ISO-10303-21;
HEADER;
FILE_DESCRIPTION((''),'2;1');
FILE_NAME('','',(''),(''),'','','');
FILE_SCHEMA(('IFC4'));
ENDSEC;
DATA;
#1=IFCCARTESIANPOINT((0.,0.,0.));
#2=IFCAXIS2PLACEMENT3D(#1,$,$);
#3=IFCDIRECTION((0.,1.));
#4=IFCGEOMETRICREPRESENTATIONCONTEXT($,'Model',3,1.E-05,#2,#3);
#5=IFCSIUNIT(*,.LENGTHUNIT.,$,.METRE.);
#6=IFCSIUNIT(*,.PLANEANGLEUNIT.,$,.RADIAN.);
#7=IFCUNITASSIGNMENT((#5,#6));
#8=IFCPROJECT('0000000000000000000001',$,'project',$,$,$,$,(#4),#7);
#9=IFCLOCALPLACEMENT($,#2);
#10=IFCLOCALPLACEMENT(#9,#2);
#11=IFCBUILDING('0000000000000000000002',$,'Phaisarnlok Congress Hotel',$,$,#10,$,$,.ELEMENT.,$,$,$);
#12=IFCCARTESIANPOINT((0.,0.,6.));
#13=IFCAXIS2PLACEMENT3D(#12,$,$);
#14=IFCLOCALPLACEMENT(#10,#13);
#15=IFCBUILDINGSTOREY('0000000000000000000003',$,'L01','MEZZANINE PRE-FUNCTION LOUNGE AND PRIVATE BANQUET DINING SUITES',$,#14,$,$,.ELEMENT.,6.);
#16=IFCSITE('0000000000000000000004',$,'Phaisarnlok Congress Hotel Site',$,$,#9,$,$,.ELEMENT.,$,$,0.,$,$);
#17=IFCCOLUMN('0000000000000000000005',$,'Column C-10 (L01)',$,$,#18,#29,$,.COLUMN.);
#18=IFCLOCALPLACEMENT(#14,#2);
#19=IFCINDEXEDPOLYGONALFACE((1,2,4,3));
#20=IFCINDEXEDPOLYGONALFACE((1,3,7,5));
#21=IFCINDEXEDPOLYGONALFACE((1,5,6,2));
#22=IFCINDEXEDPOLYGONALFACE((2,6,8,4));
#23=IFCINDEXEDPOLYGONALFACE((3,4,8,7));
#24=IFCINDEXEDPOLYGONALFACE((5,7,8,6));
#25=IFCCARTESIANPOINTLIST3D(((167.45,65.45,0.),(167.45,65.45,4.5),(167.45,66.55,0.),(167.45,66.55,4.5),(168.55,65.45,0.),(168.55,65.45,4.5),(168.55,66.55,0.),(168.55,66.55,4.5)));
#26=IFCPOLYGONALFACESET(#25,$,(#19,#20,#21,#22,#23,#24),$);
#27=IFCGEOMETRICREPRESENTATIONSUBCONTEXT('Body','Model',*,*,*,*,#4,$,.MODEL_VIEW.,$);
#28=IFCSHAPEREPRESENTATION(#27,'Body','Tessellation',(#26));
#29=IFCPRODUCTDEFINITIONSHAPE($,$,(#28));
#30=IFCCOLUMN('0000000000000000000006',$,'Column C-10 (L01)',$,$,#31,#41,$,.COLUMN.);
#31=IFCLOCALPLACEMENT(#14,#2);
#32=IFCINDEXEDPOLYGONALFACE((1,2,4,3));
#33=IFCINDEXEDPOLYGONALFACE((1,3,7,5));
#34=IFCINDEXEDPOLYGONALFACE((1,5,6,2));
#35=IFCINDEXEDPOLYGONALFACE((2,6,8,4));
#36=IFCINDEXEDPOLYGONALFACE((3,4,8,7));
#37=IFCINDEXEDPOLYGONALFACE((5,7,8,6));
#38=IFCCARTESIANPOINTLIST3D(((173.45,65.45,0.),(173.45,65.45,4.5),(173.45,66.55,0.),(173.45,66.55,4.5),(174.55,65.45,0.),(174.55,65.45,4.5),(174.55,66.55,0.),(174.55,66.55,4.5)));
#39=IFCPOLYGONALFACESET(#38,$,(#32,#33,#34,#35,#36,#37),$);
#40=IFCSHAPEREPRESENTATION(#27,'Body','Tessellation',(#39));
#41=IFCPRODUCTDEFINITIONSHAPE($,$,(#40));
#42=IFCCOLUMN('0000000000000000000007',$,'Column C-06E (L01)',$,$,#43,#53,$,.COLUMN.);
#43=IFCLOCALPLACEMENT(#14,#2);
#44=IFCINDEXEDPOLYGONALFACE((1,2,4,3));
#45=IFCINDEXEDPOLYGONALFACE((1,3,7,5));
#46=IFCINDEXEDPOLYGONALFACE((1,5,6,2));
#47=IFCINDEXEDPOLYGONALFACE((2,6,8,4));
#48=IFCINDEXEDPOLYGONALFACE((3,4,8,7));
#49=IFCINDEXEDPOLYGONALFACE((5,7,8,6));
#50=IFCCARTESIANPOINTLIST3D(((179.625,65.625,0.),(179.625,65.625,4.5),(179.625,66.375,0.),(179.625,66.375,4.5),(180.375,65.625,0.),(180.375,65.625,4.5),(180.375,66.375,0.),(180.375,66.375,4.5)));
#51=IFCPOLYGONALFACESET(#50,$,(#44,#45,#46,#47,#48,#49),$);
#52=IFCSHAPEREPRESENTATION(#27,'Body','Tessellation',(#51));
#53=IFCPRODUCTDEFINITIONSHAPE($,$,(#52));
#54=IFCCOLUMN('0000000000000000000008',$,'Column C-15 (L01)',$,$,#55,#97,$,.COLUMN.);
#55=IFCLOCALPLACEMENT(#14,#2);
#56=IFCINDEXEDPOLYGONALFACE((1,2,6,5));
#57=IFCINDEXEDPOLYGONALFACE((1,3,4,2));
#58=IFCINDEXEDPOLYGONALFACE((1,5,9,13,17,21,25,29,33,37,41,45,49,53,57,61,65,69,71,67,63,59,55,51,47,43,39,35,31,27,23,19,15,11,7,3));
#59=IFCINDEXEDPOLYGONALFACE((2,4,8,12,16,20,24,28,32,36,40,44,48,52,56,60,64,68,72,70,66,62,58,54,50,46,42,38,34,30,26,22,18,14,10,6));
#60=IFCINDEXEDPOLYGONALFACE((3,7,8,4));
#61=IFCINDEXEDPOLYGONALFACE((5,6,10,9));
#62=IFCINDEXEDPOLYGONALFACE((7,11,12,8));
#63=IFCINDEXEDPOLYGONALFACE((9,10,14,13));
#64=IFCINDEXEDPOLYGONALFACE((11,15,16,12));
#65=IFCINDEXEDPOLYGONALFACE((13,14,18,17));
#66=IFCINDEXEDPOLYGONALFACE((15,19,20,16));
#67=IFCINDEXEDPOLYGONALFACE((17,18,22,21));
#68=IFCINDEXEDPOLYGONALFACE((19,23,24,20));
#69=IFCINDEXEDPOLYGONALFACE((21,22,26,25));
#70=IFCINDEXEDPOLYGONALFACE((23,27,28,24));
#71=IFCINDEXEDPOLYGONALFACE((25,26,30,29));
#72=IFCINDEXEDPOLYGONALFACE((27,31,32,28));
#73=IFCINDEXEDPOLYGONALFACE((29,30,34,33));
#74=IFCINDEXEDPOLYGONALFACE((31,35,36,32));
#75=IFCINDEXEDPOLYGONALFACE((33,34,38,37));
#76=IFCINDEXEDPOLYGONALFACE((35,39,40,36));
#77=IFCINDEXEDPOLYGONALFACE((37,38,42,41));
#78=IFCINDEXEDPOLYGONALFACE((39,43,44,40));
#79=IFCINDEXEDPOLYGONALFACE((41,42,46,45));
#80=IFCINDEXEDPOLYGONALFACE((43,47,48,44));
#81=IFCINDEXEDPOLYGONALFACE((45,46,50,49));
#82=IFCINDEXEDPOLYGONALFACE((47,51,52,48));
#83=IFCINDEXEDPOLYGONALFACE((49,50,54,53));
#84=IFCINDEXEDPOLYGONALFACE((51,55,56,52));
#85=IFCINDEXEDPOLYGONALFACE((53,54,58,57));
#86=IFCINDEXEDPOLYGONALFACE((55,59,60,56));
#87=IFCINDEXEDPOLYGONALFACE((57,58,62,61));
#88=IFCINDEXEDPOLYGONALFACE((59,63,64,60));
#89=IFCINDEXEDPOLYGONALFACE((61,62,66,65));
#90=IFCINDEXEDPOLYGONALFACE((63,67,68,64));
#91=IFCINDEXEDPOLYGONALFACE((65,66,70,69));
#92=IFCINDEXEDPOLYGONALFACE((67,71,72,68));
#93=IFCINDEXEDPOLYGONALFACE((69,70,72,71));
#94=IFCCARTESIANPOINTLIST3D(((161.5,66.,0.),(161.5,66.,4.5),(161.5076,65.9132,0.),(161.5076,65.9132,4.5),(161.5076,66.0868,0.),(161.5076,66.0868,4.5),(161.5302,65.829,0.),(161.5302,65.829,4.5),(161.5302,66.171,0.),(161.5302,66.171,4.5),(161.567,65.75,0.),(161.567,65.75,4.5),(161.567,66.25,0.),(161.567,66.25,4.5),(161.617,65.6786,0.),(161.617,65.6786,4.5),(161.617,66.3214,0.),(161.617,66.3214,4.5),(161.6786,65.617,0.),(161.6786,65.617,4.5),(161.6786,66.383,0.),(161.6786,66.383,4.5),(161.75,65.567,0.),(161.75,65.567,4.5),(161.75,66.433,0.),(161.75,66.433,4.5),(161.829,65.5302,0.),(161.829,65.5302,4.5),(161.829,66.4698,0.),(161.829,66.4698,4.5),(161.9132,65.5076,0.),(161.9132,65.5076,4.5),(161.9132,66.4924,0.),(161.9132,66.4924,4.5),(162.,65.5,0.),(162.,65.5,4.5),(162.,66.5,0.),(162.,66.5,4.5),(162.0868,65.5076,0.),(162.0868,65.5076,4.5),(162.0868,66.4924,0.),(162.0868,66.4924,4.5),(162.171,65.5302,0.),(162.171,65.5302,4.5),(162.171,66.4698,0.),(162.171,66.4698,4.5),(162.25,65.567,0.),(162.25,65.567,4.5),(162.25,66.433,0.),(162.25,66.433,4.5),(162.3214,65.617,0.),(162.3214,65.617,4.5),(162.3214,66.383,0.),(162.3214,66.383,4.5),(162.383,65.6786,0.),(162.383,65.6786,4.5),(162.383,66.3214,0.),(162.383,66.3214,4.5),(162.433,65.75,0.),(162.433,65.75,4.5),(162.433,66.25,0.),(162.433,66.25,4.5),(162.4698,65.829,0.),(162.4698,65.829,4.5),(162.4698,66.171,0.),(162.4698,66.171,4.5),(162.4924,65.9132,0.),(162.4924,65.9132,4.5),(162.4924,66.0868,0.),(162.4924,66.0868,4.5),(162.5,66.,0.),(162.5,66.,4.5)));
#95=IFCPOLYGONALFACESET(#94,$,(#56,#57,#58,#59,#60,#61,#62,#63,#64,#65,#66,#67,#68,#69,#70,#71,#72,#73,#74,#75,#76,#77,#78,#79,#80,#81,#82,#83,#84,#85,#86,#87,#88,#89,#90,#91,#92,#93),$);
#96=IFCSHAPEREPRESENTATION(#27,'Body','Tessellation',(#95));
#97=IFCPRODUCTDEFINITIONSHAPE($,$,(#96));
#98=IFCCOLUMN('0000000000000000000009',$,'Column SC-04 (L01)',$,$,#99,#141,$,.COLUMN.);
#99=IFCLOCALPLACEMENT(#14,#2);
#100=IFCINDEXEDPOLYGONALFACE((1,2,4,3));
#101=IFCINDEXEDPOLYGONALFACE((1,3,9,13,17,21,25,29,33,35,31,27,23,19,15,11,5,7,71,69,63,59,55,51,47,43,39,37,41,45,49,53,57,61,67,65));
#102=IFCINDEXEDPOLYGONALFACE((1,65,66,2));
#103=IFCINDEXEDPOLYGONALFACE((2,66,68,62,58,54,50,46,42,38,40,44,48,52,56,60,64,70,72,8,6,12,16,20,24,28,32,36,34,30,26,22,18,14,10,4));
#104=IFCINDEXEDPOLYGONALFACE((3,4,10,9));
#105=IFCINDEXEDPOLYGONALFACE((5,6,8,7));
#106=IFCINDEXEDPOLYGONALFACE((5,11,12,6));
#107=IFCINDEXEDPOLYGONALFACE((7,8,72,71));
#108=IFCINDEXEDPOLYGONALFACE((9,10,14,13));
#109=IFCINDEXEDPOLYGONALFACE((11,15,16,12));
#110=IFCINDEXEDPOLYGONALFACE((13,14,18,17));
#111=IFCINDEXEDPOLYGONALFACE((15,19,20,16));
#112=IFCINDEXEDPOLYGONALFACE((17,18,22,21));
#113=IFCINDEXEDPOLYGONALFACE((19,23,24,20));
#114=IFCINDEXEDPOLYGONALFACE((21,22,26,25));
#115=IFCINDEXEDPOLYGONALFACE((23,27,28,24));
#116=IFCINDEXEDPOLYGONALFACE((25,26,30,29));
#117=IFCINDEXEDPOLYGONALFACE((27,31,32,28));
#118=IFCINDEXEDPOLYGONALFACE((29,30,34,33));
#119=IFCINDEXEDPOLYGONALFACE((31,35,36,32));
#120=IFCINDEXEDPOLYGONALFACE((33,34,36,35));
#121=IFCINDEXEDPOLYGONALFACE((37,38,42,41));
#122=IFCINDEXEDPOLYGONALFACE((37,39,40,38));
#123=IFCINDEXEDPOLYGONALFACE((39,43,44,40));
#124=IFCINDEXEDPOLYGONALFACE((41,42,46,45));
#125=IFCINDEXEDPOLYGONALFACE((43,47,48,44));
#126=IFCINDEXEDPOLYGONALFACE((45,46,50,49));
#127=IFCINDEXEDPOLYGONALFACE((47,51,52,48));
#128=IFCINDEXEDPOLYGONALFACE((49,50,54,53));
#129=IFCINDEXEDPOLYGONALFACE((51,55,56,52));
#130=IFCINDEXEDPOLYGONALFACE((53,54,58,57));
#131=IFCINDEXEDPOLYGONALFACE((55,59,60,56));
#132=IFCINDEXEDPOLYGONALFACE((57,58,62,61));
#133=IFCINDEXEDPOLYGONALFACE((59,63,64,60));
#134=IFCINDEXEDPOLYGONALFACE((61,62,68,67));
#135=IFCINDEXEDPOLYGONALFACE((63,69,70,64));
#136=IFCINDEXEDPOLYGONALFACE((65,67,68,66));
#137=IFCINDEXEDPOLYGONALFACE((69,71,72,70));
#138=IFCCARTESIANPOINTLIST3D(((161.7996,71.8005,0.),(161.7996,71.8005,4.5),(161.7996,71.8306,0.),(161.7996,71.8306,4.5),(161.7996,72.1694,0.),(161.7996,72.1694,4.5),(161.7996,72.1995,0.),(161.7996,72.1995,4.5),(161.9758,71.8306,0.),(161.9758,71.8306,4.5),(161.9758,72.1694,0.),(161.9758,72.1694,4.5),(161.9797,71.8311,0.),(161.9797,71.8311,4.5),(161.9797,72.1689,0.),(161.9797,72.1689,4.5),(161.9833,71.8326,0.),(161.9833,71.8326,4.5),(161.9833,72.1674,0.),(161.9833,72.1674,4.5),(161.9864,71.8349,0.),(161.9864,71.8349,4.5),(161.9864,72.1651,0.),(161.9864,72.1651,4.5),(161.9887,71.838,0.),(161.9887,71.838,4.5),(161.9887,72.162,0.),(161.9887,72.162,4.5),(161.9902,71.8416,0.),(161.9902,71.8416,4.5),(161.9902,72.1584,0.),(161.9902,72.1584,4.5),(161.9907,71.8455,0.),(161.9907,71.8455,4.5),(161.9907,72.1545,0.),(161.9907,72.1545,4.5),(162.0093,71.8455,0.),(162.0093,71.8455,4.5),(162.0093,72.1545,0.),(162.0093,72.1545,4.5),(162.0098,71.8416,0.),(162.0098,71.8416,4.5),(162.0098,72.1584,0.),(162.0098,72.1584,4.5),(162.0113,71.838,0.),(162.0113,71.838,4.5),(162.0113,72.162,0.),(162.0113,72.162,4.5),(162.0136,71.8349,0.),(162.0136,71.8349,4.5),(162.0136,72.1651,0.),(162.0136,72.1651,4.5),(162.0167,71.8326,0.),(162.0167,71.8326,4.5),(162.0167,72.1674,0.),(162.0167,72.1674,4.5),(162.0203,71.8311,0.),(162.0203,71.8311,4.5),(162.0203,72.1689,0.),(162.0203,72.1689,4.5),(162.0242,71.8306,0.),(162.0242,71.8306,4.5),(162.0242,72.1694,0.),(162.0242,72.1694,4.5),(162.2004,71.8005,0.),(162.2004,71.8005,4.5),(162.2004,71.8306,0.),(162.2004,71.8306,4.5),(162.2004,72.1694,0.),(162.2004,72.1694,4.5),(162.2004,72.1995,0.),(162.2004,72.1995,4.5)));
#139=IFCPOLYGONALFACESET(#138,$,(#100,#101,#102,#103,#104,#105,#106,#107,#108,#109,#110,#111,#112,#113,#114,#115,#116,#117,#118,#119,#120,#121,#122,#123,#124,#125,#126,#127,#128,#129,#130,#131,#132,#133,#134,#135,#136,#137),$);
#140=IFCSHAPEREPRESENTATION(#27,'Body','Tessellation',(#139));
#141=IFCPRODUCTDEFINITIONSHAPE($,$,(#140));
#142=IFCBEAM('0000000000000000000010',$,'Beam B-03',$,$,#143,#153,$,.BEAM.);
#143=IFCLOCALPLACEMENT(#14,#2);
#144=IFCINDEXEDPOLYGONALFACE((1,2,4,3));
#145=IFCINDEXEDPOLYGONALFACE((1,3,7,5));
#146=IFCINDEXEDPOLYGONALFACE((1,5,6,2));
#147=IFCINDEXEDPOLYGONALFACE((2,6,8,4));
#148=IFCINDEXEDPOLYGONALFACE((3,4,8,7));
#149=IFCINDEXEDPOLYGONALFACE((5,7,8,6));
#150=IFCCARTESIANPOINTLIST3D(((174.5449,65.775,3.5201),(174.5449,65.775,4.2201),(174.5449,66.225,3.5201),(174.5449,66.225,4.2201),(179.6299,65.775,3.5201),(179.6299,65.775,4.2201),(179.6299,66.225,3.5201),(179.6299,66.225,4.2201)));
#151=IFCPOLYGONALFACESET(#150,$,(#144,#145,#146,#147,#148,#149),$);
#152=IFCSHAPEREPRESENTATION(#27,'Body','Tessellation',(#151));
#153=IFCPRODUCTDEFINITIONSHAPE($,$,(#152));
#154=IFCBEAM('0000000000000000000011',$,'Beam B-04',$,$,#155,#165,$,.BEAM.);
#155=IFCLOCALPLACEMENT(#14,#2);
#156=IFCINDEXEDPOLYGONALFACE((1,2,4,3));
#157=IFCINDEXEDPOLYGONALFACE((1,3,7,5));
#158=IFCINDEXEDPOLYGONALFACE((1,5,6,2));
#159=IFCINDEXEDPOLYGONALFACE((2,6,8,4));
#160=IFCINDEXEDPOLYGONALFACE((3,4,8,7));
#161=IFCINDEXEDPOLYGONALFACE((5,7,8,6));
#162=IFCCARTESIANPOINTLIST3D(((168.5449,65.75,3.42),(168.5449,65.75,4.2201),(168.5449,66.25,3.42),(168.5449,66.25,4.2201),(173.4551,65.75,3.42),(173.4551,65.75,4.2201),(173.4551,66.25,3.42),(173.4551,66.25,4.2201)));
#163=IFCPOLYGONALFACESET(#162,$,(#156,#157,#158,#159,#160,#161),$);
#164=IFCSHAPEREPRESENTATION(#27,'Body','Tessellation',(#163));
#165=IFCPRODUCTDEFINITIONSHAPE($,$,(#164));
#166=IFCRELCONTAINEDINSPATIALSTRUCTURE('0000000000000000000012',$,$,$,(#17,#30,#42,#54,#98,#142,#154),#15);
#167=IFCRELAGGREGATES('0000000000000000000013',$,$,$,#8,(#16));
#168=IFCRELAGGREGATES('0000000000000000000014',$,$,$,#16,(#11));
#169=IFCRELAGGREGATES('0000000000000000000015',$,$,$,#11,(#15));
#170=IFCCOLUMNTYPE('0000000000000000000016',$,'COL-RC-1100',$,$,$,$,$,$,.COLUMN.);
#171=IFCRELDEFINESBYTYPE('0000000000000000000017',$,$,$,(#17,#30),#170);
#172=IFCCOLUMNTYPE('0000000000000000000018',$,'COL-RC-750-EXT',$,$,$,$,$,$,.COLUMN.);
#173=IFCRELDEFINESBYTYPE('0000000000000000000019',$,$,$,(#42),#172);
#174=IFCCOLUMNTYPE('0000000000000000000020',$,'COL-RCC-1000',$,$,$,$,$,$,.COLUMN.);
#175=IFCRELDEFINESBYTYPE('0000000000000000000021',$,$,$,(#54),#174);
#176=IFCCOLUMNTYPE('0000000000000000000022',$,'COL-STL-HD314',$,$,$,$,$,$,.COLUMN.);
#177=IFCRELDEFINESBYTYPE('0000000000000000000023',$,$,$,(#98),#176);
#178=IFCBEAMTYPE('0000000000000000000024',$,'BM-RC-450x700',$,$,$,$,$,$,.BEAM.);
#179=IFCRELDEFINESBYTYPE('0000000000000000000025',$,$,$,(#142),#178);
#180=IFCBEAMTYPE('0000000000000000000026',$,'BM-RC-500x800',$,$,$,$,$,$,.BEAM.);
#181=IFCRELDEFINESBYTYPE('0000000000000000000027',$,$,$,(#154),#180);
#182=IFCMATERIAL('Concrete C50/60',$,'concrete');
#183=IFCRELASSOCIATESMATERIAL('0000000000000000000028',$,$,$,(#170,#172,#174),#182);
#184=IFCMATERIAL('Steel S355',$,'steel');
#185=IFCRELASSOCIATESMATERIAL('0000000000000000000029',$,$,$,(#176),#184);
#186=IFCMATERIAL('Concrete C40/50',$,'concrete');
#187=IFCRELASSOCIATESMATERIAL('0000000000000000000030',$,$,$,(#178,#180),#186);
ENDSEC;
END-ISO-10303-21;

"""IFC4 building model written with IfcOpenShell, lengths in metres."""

from ifc_helpers import new_model, si_unit, direction, frame, origin, origin_2d, place, context, subcontext, project, spatial, rectangle, circle, i_section, extrude, material, material_profile, profile_set, type_object, element, save


model = new_model("IFC4")

# Units and contexts
model_context = context("Model", 3, precision=1e-05, world=origin(), true_north=direction((0.0, 1.0)))
body_context = subcontext(model_context, "Body", "Model", "MODEL_VIEW")
ifc_project = project(units=[si_unit("LENGTHUNIT", "METRE"), si_unit("PLANEANGLEUNIT", "RADIAN")], contexts=[model_context])

# Site, building, storey
site_placement = place(None, origin())
site = spatial("IfcSite", under=ifc_project, at=site_placement, Name="Phaisarnlok Congress Hotel Site", CompositionType="ELEMENT", RefElevation=0.0)
building_placement = place(site_placement, origin())
building = spatial("IfcBuilding", under=site, at=building_placement, Name="Phaisarnlok Congress Hotel", CompositionType="ELEMENT")
storey_placement = place(building_placement, frame((0.0, 0.0, 6.0)))
storey = spatial("IfcBuildingStorey", under=building, at=storey_placement, Name="L01", Description="MEZZANINE PRE-FUNCTION LOUNGE AND PRIVATE BANQUET DINING SUITES", CompositionType="ELEMENT", Elevation=6.0)

# Columns
ifc_material_1 = material(Name="Concrete C50/60", Category="concrete")
ifc_material_profile_1 = material_profile(ifc_material_1, rectangle(XDim=1.1001, YDim=1.1001, at=origin_2d()), Name="RC 1100x1100")
ifc_profile_set_1 = profile_set([ifc_material_profile_1], Name="Concrete C50/60")
column_type_1 = type_object("IfcColumnType", Name="COL-RC-1100", PredefinedType="COLUMN", material=ifc_profile_set_1)
for number, where, z_axis, x_axis, name in (
    (1, (168.0, 66.0, 0.0), (0.0, 0.0, 1.0), (1.0, 0.0, 0.0), "Column C-10 (L01)"),
    (2, (174.0, 66.0, 0.0), (0.0, 0.0, 1.0), (1.0, 0.0, 0.0), "Column C-10 (L01)"),
):
    element("IfcColumn", number, at=place(storey_placement, frame(where, z_axis=z_axis, x_axis=x_axis)), inside=storey, type_object=column_type_1, Name=name, PredefinedType="COLUMN", context=body_context, shape_type="SweptSolid", body=[
        extrude(rectangle(XDim=1.1001, YDim=1.1001, at=origin_2d()), origin(), (0.0, 0.0, 1.0), 4.5),
    ])
ifc_material_profile_2 = material_profile(ifc_material_1, rectangle(XDim=0.75, YDim=0.75, at=origin_2d()), Name="RC 750x750")
ifc_profile_set_2 = profile_set([ifc_material_profile_2], Name="Concrete C50/60")
column_type_2 = type_object("IfcColumnType", Name="COL-RC-750-EXT", PredefinedType="COLUMN", material=ifc_profile_set_2)
column_1_placement = place(storey_placement, frame((180.0, 66.0, 0.0), z_axis=(0.0, 0.0, 1.0), x_axis=(1.0, 0.0, 0.0)))
element("IfcColumn", 3, at=column_1_placement, inside=storey, type_object=column_type_2, Name="Column C-06E (L01)", PredefinedType="COLUMN", context=body_context, shape_type="SweptSolid", body=[
    extrude(rectangle(XDim=0.75, YDim=0.75, at=origin_2d()), origin(), (0.0, 0.0, 1.0), 4.5),
])
ifc_material_profile_3 = material_profile(ifc_material_1, circle(Radius=0.5, at=origin_2d()), Name="RCC D1000")
ifc_profile_set_3 = profile_set([ifc_material_profile_3], Name="Concrete C50/60")
column_type_3 = type_object("IfcColumnType", Name="COL-RCC-1000", PredefinedType="COLUMN", material=ifc_profile_set_3)
column_2_placement = place(storey_placement, frame((162.0, 66.0, 0.0), z_axis=(0.0, 0.0, 1.0), x_axis=(1.0, 0.0, 0.0)))
element("IfcColumn", 4, at=column_2_placement, inside=storey, type_object=column_type_3, Name="Column C-15 (L01)", PredefinedType="COLUMN", context=body_context, shape_type="SweptSolid", body=[
    extrude(circle(Radius=0.5, at=origin_2d()), origin(), (0.0, 0.0, 1.0), 4.5),
])
ifc_material_2 = material(Name="Steel S355", Category="steel")
ifc_material_profile_4 = material_profile(ifc_material_2, i_section(OverallWidth=0.4009, OverallDepth=0.3989, WebThickness=0.0186, FlangeThickness=0.03, FilletRadius=0.0149, at=origin_2d()), Name="HD 400x314")
ifc_profile_set_4 = profile_set([ifc_material_profile_4], Name="Steel S355")
column_type_4 = type_object("IfcColumnType", Name="COL-STL-HD314", PredefinedType="COLUMN", material=ifc_profile_set_4)
column_3_placement = place(storey_placement, frame((162.0, 72.0, 0.0), z_axis=(0.0, 0.0, 1.0), x_axis=(1.0, 0.0, 0.0)))
element("IfcColumn", 5, at=column_3_placement, inside=storey, type_object=column_type_4, Name="Column SC-04 (L01)", PredefinedType="COLUMN", context=body_context, shape_type="SweptSolid", body=[
    extrude(i_section(OverallWidth=0.4009, OverallDepth=0.3989, WebThickness=0.0186, FlangeThickness=0.03, FilletRadius=0.0149, at=origin_2d()), origin(), (0.0, 0.0, 1.0), 4.5),
])

# Beams
ifc_material_3 = material(Name="Concrete C40/50", Category="concrete")
ifc_material_profile_5 = material_profile(ifc_material_3, rectangle(XDim=0.45, YDim=0.7, at=origin_2d()), Name="RC 450x700")
ifc_profile_set_5 = profile_set([ifc_material_profile_5], Name="Concrete C40/50")
beam_type_1 = type_object("IfcBeamType", Name="BM-RC-450x700", PredefinedType="BEAM", material=ifc_profile_set_5)
beam_1_placement = place(storey_placement, frame((174.5449, 66.0, 3.8701), z_axis=(1.0, 0.0, 0.0), x_axis=(0.0, 1.0, 0.0)))
element("IfcBeam", 6, at=beam_1_placement, inside=storey, type_object=beam_type_1, Name="Beam B-03", PredefinedType="BEAM", context=body_context, shape_type="SweptSolid", body=[
    extrude(rectangle(XDim=0.45, YDim=0.7, at=origin_2d()), origin(), (0.0, 0.0, 1.0), 5.085),
])
ifc_material_profile_6 = material_profile(ifc_material_3, rectangle(XDim=0.5, YDim=0.8, at=origin_2d()), Name="RC 500x800")
ifc_profile_set_6 = profile_set([ifc_material_profile_6], Name="Concrete C40/50")
beam_type_2 = type_object("IfcBeamType", Name="BM-RC-500x800", PredefinedType="BEAM", material=ifc_profile_set_6)
beam_2_placement = place(storey_placement, frame((168.5449, 66.0, 3.8201), z_axis=(1.0, 0.0, 0.0), x_axis=(0.0, 1.0, 0.0)))
element("IfcBeam", 7, at=beam_2_placement, inside=storey, type_object=beam_type_2, Name="Beam B-04", PredefinedType="BEAM", context=body_context, shape_type="SweptSolid", body=[
    extrude(rectangle(XDim=0.5, YDim=0.8, at=origin_2d()), origin(), (0.0, 0.0, 1.0), 4.9102),
])

save(model, "model.ifc")
